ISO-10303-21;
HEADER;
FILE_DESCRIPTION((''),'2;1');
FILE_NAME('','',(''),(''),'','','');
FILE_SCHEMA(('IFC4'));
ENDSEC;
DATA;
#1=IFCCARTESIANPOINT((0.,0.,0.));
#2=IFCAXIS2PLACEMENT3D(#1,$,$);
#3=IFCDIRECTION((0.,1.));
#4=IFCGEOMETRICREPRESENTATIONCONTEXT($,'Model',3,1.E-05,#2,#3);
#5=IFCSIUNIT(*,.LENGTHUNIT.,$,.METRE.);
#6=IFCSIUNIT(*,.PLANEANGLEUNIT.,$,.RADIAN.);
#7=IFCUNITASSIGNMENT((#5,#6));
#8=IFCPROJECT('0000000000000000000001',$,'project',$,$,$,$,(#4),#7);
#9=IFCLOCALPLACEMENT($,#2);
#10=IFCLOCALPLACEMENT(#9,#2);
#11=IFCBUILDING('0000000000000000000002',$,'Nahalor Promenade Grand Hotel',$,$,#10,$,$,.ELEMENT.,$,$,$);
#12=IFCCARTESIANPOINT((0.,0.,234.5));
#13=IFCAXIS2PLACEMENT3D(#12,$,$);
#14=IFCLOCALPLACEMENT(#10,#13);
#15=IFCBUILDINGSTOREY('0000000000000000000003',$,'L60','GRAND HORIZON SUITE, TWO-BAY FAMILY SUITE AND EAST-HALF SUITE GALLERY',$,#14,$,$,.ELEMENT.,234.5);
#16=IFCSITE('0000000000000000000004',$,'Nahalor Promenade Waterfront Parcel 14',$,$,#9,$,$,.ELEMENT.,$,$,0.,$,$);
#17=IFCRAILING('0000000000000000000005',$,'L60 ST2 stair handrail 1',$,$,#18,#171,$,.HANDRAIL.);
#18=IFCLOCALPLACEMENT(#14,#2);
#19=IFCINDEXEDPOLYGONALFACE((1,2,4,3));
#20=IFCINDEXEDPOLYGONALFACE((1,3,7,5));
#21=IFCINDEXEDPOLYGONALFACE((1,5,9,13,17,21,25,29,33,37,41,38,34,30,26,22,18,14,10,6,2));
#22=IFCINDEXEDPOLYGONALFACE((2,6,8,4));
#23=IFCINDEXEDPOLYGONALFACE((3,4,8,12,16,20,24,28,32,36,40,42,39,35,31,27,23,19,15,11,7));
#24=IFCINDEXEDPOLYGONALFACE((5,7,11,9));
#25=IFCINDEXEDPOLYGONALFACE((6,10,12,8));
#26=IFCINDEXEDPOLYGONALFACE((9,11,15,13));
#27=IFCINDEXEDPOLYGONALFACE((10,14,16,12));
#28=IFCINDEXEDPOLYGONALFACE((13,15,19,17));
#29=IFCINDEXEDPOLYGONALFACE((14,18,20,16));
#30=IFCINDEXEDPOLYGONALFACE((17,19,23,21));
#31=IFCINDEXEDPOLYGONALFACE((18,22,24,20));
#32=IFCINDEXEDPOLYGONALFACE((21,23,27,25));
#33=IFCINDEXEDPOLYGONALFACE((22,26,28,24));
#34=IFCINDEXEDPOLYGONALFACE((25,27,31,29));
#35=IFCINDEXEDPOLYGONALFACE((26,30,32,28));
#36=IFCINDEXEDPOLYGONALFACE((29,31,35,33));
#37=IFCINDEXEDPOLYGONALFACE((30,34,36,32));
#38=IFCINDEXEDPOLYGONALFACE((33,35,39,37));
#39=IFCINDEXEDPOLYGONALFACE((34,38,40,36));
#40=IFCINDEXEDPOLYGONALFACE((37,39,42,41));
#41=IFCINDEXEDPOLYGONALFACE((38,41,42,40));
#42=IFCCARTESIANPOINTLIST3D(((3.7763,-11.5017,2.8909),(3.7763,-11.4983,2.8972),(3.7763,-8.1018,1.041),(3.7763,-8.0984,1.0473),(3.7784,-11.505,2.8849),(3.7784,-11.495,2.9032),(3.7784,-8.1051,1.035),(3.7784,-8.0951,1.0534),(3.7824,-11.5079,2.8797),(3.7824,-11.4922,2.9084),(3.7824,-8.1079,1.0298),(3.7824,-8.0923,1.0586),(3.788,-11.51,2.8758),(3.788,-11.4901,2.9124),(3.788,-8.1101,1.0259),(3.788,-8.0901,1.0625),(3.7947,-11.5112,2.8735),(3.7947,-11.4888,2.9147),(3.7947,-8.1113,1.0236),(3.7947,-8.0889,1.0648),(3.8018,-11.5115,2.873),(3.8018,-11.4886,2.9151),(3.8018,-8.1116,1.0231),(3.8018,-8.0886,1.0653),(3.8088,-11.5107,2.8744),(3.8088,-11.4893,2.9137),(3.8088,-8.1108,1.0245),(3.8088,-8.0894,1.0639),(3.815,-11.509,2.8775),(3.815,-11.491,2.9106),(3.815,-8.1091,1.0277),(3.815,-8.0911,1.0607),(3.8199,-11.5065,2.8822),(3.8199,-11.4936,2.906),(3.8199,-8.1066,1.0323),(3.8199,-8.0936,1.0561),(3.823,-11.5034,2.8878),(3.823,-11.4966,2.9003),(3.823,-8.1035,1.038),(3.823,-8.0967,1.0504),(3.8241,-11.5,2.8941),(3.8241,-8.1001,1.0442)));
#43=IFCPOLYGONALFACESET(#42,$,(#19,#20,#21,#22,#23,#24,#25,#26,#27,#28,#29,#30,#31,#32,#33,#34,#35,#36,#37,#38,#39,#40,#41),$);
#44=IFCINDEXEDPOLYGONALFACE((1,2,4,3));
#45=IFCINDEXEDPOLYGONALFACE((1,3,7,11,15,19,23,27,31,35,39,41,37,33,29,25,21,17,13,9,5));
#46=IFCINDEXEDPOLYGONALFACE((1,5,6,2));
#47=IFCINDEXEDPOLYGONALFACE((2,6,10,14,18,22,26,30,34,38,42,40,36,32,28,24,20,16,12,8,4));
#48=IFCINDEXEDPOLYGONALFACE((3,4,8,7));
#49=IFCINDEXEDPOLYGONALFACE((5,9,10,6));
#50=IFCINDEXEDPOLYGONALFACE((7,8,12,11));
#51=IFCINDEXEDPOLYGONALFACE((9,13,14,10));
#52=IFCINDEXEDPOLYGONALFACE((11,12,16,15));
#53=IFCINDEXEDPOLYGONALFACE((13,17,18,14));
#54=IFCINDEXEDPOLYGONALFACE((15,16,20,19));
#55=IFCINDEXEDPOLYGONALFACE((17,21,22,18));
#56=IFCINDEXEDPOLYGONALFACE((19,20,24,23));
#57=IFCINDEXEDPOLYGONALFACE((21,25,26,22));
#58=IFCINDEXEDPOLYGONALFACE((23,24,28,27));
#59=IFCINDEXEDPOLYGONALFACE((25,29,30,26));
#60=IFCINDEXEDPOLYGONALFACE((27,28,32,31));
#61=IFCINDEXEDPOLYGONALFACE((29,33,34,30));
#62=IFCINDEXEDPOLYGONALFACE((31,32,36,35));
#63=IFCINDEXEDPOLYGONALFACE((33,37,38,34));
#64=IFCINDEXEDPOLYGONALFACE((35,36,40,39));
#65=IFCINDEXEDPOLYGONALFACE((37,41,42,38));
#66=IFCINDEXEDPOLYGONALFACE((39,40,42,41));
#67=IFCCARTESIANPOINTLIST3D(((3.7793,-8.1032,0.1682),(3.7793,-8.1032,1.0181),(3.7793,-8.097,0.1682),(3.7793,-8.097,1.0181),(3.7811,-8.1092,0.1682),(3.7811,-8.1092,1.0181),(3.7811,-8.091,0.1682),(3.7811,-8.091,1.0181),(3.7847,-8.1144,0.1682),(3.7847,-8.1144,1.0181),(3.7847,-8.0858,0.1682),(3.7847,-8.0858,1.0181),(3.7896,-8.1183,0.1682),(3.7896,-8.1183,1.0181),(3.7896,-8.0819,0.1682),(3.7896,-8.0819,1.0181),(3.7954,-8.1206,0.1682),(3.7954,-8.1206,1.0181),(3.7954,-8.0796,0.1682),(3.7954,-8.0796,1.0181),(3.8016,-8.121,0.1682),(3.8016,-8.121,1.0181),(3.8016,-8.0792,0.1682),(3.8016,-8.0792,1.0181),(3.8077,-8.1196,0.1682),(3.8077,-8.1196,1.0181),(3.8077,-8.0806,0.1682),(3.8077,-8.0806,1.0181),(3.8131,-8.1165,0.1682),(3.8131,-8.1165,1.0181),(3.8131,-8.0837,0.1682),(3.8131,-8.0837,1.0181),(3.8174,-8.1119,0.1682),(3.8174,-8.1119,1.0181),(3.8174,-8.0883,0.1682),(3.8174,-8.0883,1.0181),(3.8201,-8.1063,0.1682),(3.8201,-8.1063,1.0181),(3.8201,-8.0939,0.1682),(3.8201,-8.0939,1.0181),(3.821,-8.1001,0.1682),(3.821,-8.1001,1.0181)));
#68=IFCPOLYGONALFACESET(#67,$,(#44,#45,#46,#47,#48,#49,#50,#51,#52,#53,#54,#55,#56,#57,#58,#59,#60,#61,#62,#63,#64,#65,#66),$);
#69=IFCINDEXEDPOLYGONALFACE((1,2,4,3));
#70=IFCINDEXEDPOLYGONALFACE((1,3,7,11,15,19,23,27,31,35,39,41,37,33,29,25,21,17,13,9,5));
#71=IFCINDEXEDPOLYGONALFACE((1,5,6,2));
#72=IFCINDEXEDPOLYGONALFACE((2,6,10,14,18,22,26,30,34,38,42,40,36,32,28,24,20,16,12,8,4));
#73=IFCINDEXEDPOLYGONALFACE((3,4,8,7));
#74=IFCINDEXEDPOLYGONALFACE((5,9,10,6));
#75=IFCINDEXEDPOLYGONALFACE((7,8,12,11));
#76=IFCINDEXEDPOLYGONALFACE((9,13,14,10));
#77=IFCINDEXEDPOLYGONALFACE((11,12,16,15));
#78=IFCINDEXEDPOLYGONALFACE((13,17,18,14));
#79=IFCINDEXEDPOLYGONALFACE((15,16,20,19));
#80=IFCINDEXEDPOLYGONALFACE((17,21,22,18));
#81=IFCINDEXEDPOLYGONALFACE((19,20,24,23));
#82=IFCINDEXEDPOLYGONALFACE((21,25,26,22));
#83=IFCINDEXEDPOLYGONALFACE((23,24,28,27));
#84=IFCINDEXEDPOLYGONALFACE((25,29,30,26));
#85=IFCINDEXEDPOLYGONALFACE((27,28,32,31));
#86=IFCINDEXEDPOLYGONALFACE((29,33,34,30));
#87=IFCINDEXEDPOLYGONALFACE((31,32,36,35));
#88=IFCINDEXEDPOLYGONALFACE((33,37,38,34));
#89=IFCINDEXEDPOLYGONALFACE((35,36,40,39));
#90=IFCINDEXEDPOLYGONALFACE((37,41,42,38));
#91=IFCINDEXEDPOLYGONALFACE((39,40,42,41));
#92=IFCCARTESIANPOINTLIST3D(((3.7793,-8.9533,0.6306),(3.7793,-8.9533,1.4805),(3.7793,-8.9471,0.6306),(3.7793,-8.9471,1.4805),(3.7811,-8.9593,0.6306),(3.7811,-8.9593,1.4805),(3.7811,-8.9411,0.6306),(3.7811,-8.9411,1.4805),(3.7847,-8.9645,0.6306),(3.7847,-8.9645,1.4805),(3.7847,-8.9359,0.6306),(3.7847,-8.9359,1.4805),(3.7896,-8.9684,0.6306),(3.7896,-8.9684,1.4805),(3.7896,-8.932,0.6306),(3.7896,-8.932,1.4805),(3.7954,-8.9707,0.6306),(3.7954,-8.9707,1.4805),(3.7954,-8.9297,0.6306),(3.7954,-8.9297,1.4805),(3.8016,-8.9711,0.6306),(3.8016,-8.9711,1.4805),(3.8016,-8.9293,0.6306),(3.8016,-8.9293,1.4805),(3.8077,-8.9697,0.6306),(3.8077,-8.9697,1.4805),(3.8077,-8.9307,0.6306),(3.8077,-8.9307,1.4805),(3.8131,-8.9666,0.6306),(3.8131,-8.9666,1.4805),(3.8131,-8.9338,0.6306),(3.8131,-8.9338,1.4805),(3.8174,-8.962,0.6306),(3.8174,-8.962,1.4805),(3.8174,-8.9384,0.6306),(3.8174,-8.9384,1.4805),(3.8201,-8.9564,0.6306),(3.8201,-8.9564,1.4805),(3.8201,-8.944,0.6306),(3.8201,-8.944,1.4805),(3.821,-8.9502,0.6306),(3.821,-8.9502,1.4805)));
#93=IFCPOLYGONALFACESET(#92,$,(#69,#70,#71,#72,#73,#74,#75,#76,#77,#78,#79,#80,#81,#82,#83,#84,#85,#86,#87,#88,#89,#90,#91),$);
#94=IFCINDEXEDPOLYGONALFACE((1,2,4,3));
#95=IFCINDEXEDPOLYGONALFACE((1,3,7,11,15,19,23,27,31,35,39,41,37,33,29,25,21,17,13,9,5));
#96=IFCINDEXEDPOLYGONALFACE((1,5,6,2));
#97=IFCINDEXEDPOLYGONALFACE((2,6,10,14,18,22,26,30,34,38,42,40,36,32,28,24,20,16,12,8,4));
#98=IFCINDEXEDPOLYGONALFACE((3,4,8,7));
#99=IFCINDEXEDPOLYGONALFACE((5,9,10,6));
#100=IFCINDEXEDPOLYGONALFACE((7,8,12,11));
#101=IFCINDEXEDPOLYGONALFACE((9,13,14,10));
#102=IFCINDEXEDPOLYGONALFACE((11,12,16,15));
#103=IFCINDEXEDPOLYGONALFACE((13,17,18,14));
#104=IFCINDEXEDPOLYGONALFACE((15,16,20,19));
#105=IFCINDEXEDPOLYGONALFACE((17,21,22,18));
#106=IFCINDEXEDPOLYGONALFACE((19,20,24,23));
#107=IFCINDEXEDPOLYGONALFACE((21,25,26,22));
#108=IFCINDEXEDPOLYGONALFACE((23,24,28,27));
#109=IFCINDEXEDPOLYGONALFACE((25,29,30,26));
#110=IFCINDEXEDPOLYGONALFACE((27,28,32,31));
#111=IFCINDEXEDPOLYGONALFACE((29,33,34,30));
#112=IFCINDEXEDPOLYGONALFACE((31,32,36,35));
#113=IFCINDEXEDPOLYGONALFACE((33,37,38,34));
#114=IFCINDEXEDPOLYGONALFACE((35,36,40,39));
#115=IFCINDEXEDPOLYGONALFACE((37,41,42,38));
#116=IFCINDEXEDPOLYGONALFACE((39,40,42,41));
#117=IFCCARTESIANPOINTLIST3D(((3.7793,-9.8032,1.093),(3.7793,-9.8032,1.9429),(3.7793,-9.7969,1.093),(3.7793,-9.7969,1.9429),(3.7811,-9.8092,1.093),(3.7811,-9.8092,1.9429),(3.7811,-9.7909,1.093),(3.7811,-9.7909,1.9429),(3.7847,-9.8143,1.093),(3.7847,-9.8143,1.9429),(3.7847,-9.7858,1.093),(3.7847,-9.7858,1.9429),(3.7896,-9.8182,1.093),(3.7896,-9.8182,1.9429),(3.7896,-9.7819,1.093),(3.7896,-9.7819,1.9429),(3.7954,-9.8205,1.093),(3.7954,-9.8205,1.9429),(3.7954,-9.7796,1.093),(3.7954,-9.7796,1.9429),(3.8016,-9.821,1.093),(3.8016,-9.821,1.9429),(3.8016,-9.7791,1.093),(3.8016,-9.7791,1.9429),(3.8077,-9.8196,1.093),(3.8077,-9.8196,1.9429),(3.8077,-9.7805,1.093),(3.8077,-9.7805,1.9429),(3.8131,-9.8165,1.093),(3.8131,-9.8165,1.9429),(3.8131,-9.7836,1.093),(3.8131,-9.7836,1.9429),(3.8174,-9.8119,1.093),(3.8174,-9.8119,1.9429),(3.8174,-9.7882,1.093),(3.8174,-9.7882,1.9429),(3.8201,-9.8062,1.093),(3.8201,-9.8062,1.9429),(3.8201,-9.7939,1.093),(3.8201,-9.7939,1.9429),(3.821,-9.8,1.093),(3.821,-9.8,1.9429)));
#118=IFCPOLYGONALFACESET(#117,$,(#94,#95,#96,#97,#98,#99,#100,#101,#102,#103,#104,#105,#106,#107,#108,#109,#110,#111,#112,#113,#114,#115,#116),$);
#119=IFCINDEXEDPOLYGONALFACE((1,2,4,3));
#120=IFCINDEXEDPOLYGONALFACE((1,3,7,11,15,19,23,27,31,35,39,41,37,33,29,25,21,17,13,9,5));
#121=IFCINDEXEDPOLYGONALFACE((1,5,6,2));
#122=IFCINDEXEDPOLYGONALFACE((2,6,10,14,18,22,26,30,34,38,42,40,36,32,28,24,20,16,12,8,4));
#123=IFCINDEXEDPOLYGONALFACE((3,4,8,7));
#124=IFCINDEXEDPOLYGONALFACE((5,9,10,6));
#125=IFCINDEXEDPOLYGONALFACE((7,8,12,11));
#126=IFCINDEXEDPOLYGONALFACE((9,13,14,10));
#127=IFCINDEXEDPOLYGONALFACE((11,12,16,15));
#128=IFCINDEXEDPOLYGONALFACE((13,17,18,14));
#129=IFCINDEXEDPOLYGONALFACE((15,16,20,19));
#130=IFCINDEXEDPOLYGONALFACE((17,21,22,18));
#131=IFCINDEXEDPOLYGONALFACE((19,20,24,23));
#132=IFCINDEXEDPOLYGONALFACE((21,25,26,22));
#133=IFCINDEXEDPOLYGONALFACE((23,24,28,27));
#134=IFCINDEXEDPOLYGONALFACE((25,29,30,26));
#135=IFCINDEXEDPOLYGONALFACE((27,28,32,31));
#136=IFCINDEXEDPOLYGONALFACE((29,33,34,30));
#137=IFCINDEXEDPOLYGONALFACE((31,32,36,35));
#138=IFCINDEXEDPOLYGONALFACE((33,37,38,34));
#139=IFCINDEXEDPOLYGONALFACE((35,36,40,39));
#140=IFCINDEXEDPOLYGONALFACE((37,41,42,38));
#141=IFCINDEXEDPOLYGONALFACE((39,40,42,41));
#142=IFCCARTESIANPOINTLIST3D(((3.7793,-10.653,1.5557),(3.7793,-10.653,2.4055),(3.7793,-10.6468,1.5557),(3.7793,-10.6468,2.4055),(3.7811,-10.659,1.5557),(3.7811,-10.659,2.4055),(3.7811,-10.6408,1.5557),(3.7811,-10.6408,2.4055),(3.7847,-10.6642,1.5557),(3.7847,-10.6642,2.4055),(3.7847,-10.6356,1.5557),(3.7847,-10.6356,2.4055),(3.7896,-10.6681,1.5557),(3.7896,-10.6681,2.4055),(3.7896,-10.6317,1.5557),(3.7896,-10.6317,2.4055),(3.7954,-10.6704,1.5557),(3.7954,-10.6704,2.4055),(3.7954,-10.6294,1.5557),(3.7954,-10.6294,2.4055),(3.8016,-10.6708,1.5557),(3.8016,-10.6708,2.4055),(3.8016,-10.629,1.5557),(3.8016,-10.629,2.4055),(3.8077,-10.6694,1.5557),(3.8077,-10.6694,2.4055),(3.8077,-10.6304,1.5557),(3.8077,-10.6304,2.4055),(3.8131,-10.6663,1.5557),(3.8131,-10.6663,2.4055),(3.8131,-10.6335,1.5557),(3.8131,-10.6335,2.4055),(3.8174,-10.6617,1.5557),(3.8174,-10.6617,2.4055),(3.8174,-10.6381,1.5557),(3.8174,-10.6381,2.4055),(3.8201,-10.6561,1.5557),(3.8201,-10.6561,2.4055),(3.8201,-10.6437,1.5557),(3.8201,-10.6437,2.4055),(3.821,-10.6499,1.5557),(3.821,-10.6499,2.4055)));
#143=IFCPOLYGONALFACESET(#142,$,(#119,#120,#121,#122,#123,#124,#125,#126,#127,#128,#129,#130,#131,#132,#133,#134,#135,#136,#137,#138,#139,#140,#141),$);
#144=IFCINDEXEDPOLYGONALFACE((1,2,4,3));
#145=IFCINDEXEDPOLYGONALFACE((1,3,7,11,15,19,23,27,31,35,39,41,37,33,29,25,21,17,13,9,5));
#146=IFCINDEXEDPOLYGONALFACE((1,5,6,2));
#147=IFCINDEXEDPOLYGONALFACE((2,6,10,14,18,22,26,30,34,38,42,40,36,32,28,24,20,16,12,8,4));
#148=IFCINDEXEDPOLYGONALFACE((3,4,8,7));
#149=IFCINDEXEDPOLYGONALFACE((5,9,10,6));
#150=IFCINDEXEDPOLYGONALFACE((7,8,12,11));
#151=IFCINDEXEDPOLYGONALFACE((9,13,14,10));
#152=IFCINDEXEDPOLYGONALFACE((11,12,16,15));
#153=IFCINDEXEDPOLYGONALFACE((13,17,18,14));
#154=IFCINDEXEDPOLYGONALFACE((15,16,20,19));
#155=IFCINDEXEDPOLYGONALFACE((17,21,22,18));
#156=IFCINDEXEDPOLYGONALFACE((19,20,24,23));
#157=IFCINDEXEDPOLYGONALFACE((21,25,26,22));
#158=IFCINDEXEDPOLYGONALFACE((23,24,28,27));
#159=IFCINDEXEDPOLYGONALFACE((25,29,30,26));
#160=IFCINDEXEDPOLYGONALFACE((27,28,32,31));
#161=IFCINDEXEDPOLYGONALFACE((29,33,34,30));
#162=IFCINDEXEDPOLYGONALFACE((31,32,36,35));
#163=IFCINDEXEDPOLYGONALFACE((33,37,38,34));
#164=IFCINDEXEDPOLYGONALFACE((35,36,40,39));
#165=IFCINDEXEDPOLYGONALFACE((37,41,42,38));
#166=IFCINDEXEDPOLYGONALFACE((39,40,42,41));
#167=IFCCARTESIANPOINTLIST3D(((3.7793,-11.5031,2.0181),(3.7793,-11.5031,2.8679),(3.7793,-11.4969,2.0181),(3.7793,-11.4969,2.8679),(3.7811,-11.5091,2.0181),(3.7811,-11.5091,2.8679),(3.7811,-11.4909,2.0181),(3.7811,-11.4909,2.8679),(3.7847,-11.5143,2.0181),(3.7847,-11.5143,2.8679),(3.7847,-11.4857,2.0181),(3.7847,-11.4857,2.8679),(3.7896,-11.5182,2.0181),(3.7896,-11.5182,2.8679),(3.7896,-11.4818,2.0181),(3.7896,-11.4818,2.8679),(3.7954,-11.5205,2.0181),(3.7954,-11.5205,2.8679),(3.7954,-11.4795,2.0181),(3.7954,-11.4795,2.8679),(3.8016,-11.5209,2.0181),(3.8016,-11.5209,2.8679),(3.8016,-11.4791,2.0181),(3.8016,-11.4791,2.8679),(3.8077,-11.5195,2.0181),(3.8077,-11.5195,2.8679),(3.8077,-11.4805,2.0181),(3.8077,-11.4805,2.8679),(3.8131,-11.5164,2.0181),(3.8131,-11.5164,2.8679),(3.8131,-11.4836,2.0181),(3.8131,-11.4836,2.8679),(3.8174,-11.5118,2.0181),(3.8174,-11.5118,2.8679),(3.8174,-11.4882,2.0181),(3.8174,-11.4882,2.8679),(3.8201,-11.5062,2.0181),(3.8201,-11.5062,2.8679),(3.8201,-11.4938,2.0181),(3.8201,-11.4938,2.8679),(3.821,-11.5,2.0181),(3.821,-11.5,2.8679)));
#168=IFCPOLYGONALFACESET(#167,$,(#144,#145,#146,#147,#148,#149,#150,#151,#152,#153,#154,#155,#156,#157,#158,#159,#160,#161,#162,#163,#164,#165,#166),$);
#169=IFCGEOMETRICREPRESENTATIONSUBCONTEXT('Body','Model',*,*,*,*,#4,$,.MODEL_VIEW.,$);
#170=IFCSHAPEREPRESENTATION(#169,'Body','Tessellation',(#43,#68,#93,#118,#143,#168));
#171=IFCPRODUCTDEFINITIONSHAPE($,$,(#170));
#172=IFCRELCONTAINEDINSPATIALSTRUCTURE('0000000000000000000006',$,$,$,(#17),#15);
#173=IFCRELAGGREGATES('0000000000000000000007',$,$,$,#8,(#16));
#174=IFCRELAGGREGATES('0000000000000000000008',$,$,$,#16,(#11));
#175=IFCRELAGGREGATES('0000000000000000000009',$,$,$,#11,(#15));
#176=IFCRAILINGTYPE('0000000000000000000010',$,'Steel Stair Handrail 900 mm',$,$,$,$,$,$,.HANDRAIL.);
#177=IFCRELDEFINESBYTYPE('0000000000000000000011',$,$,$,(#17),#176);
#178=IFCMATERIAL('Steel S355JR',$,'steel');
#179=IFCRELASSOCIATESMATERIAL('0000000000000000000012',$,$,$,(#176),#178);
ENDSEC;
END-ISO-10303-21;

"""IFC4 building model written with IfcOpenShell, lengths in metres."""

from ifc_helpers import new_model, si_unit, direction, frame, origin, origin_2d, place, context, subcontext, project, spatial, circle, extrude, material, type_object, element, save


model = new_model("IFC4")

# Units and contexts
model_context = context("Model", 3, precision=1e-05, world=origin(), true_north=direction((0.0, 1.0)))
body_context = subcontext(model_context, "Body", "Model", "MODEL_VIEW")
ifc_project = project(units=[si_unit("LENGTHUNIT", "METRE"), si_unit("PLANEANGLEUNIT", "RADIAN")], contexts=[model_context])

# Site, building, storey
site_placement = place(None, origin())
site = spatial("IfcSite", under=ifc_project, at=site_placement, Name="Nahalor Promenade Waterfront Parcel 14", CompositionType="ELEMENT", RefElevation=0.0)
building_placement = place(site_placement, origin())
building = spatial("IfcBuilding", under=site, at=building_placement, Name="Nahalor Promenade Grand Hotel", CompositionType="ELEMENT")
storey_placement = place(building_placement, frame((0.0, 0.0, 234.5)))
storey = spatial("IfcBuildingStorey", under=building, at=storey_placement, Name="L60", Description="GRAND HORIZON SUITE, TWO-BAY FAMILY SUITE AND EAST-HALF SUITE GALLERY", CompositionType="ELEMENT", Elevation=234.5)

# Shared definitions
ifc_material_1 = material(Name="Steel S355JR", Category="steel")

# Railing
railing_type_1 = type_object("IfcRailingType", Name="Steel Stair Handrail 900 mm", PredefinedType="HANDRAIL", material=ifc_material_1)
for number, where, name in (
    (1, (3.8, -8.1001, 0.1682), "L60 ST2 stair handrail 1"),
):
    element("IfcRailing", number, at=place(storey_placement, frame(where)), inside=storey, type_object=railing_type_1, Name=name, PredefinedType="HANDRAIL", context=body_context, shape_type="SweptSolid", body=[
        extrude(circle(Radius=0.024, at=origin_2d()), frame((0.0, 0.0, 0.876), z_axis=(0.0, -0.878399, 0.477928), x_axis=(1.0, 0.0, 0.0)), (0.0, 0.0, 1.0), 3.8706),
        extrude(circle(Radius=0.021, at=origin_2d()), origin(), (0.0, 0.0, 1.0), 0.8499),
        extrude(circle(Radius=0.021, at=origin_2d()), frame((0.0, -0.8501, 0.4624)), (0.0, 0.0, 1.0), 0.8499),
        extrude(circle(Radius=0.021, at=origin_2d()), frame((0.0, -1.7, 0.9248)), (0.0, 0.0, 1.0), 0.8499),
        extrude(circle(Radius=0.021, at=origin_2d()), frame((0.0, -2.5498, 1.3875)), (0.0, 0.0, 1.0), 0.8499),
        extrude(circle(Radius=0.021, at=origin_2d()), frame((0.0, -3.3999, 1.8499)), (0.0, 0.0, 1.0), 0.8499),
    ])

save(model, "model.ifc")
